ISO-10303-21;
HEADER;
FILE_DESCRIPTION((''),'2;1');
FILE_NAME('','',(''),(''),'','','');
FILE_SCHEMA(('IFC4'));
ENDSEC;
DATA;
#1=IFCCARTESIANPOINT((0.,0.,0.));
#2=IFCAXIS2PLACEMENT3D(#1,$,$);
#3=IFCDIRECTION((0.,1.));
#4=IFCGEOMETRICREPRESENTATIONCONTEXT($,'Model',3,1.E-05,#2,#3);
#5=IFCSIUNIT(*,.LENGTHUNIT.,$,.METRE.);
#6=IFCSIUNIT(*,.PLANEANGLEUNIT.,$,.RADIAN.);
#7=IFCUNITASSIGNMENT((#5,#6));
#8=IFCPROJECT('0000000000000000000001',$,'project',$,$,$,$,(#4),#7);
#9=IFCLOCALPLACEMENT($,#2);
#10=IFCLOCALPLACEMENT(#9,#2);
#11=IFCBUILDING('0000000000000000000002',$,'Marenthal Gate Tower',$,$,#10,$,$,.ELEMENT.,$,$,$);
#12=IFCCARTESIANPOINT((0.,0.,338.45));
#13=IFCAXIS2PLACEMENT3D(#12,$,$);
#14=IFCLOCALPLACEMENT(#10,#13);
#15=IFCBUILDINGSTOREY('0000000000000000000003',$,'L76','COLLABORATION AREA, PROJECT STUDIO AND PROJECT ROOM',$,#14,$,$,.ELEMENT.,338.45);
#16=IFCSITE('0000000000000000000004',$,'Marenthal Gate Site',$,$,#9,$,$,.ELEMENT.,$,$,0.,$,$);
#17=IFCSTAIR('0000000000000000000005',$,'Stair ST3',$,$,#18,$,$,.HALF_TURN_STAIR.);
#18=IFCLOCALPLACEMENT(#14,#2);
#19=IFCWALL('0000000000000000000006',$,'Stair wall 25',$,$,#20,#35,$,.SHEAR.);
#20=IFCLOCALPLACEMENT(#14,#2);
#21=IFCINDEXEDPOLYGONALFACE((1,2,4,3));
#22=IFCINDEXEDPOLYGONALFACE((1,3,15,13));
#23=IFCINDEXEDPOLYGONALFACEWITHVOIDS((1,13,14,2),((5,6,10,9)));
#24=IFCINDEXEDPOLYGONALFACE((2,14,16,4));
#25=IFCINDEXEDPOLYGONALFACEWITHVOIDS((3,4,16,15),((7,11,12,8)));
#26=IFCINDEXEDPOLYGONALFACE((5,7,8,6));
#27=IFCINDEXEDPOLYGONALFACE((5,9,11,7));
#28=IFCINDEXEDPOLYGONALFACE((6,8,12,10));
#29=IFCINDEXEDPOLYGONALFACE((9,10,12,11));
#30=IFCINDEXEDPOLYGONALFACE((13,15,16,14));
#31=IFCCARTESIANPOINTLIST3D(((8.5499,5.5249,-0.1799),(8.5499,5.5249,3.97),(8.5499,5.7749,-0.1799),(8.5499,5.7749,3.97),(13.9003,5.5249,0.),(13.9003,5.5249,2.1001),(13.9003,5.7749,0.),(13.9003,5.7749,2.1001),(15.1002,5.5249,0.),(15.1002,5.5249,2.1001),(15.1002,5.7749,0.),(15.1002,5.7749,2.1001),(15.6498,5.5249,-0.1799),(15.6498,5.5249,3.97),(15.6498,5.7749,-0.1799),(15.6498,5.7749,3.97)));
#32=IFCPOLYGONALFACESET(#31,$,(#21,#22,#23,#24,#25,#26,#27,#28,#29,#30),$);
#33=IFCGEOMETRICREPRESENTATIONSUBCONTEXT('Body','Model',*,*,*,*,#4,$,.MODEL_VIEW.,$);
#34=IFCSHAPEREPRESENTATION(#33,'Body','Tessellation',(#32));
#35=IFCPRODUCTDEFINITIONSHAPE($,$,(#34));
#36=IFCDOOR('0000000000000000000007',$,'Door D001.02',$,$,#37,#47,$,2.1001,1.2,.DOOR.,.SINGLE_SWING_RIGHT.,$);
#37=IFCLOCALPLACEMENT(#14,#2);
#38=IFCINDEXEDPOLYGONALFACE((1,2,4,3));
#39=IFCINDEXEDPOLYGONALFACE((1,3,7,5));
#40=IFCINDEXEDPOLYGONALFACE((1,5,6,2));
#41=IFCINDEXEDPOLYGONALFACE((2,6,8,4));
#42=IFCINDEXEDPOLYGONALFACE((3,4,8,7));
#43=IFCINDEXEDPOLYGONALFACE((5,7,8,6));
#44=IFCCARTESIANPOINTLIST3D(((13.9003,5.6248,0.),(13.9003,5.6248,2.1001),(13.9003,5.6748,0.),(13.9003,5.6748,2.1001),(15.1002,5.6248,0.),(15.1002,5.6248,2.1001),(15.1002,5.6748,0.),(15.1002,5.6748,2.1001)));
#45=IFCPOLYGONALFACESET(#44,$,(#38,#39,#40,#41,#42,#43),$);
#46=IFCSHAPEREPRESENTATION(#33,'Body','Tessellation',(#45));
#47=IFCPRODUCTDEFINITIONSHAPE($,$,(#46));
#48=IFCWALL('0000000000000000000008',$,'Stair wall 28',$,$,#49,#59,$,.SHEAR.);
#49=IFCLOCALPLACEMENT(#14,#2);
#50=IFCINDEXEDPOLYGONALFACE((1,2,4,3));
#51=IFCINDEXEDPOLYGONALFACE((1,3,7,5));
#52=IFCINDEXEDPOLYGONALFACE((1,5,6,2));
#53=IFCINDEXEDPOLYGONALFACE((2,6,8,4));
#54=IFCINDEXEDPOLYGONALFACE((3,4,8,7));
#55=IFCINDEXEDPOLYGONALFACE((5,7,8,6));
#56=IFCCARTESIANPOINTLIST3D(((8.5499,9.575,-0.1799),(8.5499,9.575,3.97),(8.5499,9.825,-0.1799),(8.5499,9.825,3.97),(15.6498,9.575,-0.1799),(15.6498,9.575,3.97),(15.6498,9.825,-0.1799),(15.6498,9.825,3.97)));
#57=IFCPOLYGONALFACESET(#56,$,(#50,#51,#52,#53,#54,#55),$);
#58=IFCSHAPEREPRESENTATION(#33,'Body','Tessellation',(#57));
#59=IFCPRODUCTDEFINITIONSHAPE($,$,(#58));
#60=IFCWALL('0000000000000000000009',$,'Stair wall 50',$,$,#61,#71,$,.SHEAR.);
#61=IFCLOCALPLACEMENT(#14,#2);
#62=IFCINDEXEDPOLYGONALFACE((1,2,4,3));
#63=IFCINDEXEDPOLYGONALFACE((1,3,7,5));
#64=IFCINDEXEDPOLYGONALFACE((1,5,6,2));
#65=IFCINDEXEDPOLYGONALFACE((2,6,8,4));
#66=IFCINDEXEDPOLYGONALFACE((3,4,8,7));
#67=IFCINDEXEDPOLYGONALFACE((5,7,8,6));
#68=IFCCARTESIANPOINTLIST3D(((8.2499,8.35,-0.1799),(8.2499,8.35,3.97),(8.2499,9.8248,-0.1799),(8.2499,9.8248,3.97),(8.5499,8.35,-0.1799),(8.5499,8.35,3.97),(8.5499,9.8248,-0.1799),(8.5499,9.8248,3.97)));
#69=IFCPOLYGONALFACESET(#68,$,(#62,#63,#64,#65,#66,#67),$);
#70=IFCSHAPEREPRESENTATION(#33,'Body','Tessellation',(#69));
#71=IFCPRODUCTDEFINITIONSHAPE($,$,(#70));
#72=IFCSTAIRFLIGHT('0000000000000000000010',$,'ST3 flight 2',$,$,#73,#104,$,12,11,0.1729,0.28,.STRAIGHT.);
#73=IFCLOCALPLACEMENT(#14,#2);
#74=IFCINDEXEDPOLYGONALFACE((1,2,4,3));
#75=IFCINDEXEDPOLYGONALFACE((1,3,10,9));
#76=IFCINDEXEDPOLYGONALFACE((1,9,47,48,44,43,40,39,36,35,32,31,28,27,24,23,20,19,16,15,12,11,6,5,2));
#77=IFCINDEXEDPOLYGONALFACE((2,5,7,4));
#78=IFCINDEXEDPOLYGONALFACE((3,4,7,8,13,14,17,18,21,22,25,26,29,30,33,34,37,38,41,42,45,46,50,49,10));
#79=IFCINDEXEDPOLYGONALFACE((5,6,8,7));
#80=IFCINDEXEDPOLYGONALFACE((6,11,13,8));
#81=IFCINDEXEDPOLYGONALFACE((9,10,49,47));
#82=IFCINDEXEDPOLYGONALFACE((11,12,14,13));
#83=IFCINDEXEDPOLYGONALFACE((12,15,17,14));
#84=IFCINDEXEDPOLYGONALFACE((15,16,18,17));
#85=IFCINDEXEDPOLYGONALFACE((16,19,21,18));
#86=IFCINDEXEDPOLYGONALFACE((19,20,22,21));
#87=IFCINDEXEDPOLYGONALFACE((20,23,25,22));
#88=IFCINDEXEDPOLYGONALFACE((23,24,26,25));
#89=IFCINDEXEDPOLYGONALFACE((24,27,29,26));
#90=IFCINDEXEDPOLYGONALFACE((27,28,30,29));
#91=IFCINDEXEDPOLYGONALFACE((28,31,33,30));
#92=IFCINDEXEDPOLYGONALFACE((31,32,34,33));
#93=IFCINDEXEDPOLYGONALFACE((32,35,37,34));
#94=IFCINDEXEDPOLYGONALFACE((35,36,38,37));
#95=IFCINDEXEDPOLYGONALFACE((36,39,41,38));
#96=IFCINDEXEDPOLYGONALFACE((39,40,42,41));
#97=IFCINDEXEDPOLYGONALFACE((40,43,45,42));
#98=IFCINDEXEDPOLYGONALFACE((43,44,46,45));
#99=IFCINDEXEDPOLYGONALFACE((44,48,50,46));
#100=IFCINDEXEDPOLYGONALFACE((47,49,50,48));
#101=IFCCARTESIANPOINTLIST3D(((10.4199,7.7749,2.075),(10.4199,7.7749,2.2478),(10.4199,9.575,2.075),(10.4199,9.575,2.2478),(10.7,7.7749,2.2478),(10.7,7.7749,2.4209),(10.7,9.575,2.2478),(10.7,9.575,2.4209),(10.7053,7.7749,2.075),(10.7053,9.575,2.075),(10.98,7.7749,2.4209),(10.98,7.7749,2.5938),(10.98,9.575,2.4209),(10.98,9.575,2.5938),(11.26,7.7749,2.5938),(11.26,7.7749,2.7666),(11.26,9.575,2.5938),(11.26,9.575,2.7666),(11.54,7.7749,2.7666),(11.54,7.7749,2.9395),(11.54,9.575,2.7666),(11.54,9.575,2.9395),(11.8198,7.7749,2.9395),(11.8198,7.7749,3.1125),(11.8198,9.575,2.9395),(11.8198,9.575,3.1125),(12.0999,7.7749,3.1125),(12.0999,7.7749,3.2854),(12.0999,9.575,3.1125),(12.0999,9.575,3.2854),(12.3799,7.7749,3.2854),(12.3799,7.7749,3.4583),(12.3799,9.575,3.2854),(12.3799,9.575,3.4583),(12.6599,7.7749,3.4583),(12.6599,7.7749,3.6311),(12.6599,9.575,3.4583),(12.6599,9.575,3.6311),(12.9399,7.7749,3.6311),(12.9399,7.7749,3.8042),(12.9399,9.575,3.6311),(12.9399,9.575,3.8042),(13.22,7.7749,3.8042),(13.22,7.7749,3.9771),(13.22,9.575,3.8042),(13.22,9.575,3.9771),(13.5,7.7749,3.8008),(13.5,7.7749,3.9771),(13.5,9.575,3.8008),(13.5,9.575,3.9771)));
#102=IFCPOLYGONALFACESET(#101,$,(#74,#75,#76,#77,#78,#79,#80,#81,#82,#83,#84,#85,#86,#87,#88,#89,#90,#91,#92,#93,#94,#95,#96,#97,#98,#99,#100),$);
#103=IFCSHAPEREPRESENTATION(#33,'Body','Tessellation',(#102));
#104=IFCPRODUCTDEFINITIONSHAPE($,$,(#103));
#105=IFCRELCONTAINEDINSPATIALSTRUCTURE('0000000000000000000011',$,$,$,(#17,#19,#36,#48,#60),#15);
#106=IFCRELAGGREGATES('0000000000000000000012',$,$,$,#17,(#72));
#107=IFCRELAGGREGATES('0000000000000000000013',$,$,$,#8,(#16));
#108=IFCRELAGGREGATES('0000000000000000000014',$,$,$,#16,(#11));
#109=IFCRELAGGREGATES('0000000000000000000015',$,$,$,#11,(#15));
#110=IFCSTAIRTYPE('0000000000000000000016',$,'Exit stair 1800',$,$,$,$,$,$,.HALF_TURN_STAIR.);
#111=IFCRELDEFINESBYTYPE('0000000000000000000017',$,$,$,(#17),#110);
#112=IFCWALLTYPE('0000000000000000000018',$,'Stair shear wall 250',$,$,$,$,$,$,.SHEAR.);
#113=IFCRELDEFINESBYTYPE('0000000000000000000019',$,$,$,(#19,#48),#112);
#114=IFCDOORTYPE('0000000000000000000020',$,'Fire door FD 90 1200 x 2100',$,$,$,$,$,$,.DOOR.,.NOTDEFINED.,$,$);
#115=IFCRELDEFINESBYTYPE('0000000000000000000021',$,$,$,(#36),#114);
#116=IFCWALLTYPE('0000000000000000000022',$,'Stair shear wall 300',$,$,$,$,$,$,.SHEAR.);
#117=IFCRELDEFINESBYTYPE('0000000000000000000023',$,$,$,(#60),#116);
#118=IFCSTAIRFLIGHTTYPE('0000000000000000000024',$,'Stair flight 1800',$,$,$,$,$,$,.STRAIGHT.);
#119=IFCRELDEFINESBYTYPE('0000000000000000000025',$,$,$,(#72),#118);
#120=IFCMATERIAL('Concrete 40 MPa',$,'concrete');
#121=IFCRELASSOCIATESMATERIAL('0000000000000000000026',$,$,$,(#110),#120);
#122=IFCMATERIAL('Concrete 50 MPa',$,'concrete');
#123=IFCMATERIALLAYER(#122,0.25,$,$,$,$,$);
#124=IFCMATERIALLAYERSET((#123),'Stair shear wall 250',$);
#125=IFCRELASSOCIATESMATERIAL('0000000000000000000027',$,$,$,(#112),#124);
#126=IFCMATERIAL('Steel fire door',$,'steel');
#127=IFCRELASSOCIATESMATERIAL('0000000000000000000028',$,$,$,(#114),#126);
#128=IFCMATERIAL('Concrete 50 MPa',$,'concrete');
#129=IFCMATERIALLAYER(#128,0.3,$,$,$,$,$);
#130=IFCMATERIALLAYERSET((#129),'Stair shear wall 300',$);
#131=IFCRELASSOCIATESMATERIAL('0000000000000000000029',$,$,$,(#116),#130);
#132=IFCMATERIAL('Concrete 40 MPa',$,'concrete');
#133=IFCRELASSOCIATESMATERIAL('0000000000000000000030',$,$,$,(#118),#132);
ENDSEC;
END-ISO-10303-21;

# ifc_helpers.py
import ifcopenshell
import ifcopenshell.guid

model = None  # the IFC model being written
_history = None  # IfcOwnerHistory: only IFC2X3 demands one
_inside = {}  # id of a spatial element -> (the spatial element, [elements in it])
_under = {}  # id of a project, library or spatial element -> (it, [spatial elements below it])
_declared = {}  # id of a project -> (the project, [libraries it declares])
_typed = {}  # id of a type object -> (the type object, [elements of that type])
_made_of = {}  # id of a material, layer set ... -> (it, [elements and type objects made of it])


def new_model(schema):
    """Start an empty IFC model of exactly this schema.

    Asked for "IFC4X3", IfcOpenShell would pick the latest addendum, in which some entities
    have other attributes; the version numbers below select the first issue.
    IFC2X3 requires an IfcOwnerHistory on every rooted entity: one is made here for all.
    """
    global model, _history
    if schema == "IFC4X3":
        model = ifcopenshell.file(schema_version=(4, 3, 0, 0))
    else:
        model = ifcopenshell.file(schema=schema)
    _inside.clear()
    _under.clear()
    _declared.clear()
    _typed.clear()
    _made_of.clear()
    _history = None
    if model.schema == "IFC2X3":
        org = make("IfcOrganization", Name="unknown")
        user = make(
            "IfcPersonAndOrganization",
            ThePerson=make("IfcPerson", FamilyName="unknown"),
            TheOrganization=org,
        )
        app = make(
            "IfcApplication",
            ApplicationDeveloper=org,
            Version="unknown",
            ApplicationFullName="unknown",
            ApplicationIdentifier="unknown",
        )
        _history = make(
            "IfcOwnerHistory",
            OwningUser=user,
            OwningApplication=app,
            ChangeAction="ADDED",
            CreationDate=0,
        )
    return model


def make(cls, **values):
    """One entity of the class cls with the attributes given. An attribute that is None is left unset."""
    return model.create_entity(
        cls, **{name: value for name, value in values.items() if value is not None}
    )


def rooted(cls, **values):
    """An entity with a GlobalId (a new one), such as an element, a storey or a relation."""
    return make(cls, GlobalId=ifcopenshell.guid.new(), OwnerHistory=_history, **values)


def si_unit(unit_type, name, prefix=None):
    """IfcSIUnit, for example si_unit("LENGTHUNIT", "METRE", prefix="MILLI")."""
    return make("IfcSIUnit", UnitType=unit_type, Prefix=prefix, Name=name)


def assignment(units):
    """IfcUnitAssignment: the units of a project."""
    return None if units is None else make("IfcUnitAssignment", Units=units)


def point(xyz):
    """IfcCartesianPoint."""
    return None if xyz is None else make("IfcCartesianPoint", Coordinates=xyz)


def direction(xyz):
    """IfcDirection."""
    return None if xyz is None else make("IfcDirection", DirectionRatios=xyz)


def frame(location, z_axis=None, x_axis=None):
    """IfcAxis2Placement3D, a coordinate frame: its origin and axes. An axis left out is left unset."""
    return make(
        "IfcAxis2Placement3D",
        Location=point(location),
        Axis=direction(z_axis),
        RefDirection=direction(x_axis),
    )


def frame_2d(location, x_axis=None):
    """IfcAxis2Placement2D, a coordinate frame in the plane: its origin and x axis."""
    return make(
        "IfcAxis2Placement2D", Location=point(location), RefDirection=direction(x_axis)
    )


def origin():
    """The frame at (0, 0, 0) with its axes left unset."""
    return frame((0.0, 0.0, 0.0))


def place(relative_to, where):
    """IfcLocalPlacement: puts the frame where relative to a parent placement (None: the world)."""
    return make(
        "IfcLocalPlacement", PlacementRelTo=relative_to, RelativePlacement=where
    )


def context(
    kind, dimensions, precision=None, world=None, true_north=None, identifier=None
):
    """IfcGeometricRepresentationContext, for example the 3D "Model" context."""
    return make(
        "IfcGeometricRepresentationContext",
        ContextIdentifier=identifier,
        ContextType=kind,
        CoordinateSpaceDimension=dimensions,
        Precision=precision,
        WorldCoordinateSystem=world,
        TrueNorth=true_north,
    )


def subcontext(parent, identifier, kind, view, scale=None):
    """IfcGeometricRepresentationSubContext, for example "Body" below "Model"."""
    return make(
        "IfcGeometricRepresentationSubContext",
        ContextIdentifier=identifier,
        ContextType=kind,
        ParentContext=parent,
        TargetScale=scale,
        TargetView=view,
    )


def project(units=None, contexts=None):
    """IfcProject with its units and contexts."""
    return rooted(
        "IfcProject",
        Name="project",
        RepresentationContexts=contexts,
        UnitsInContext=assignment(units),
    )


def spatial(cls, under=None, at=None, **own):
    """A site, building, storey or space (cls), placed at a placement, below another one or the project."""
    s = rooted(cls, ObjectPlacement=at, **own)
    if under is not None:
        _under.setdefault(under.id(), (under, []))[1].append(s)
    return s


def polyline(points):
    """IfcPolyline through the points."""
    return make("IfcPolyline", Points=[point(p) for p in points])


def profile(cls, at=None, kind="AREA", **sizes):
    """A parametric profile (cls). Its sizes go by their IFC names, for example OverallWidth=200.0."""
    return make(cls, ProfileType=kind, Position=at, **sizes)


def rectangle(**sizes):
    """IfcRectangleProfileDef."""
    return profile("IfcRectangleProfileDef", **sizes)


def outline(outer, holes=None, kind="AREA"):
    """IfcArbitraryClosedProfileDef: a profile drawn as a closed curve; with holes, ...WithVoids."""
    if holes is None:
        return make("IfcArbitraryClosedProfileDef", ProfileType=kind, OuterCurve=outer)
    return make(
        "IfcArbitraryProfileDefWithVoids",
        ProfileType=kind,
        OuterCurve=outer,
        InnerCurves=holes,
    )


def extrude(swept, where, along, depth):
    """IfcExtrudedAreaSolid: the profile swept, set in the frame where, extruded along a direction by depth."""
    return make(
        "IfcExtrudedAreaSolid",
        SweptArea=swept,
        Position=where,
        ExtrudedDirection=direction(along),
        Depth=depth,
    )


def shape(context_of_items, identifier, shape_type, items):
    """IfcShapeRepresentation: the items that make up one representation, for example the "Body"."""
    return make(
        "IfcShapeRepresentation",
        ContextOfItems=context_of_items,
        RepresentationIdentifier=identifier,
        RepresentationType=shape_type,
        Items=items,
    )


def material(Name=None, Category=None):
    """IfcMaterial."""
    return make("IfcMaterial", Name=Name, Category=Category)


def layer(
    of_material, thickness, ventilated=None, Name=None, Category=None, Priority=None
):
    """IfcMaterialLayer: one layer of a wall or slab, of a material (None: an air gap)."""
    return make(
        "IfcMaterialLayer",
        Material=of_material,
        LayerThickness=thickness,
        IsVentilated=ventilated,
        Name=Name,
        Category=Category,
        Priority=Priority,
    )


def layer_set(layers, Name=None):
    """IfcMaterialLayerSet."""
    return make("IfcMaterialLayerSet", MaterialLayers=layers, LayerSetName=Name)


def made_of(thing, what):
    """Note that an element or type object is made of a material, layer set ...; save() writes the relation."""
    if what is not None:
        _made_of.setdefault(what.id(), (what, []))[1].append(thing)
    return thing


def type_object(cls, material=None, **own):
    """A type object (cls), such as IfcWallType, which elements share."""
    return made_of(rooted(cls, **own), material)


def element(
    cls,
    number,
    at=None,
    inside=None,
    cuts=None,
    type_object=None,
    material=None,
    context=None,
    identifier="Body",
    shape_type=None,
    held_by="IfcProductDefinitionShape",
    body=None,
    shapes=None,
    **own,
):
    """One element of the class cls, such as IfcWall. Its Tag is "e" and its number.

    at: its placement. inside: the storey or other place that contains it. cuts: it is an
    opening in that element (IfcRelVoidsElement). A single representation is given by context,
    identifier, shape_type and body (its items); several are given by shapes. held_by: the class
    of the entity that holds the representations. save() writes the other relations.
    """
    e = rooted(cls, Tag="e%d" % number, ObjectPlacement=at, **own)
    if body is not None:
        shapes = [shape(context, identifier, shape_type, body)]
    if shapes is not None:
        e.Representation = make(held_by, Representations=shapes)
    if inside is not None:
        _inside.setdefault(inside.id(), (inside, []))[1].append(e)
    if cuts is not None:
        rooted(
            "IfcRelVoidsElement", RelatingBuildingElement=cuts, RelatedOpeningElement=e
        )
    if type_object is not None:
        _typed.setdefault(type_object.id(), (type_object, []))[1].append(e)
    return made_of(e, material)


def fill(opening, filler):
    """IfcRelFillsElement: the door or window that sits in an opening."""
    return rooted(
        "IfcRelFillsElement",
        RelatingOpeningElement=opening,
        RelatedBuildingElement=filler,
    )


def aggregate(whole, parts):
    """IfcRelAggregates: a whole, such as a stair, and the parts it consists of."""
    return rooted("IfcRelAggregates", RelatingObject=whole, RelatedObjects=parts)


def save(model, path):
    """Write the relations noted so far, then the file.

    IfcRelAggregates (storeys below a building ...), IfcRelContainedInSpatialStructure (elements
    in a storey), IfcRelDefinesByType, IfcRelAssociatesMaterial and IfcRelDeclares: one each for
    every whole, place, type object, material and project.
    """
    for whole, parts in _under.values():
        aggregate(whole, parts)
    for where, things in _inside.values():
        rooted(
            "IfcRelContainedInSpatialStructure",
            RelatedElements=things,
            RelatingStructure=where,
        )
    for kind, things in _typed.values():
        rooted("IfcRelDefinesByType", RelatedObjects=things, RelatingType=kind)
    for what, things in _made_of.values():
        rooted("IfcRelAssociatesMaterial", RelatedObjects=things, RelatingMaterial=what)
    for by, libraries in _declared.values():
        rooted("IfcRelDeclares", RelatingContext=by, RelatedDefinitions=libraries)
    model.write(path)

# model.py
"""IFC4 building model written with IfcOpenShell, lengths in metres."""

from ifc_helpers import new_model, si_unit, direction, frame, frame_2d, origin, place, context, subcontext, project, spatial, polyline, rectangle, outline, extrude, material, layer, layer_set, type_object, element, fill, aggregate, save


model = new_model("IFC4")

# Units and contexts
model_context = context("Model", 3, precision=1e-05, world=origin(), true_north=direction((0.0, 1.0)))
body_context = subcontext(model_context, "Body", "Model", "MODEL_VIEW")
ifc_project = project(units=[si_unit("LENGTHUNIT", "METRE"), si_unit("PLANEANGLEUNIT", "RADIAN")], contexts=[model_context])

# Site, building, storey
site_placement = place(None, origin())
site = spatial("IfcSite", under=ifc_project, at=site_placement, Name="Marenthal Gate Site", CompositionType="ELEMENT", RefElevation=0.0)
building_placement = place(site_placement, origin())
building = spatial("IfcBuilding", under=site, at=building_placement, Name="Marenthal Gate Tower", CompositionType="ELEMENT")
storey_placement = place(building_placement, frame((0.0, 0.0, 338.45)))
storey = spatial("IfcBuildingStorey", under=building, at=storey_placement, Name="L76", Description="COLLABORATION AREA, PROJECT STUDIO AND PROJECT ROOM", CompositionType="ELEMENT", Elevation=338.45)

# Stair
ifc_material_1 = material(Name="Concrete 40 MPa", Category="concrete")
stair_type = type_object("IfcStairType", Name="Exit stair 1800", PredefinedType="HALF_TURN_STAIR", material=ifc_material_1)
stair_1_placement = place(storey_placement, origin())
stair_1 = element("IfcStair", 1, at=stair_1_placement, inside=storey, type_object=stair_type, Name="Stair ST3", PredefinedType="HALF_TURN_STAIR")

# Wall, opening, door
ifc_material_2 = material(Name="Concrete 50 MPa", Category="concrete")
ifc_layer_1 = layer(ifc_material_2, 0.25)
ifc_layer_set_1 = layer_set([ifc_layer_1], Name="Stair shear wall 250")
wall_type_1 = type_object("IfcWallType", Name="Stair shear wall 250", PredefinedType="SHEAR", material=ifc_layer_set_1)
wall_1_placement = place(storey_placement, frame((8.55, 5.6499, -0.1799), z_axis=(0.0, 0.0, 1.0), x_axis=(1.0, 0.0, 0.0)))
wall_1 = element("IfcWall", 2, at=wall_1_placement, inside=storey, type_object=wall_type_1, Name="Stair wall 25", PredefinedType="SHEAR", context=body_context, shape_type="SweptSolid", body=[
    extrude(rectangle(XDim=7.0999, YDim=0.25, at=frame_2d((3.5498, 0.0))), origin(), (0.0, 0.0, 1.0), 4.1499),
])
opening_placement = place(wall_1_placement, frame((5.3501, 0.0, 0.1799)))
opening = element("IfcOpeningElement", 3, at=opening_placement, cuts=wall_1, PredefinedType="OPENING", context=body_context, shape_type="SweptSolid", body=[
    extrude(rectangle(XDim=1.2, YDim=2.1001, at=frame_2d((0.6001, 1.05))), frame((0.0, 0.135, 0.0), z_axis=(0.0, -1.0, 0.0), x_axis=(1.0, 0.0, 0.0)), (0.0, 0.0, 1.0), 0.27),
])
ifc_material_3 = material(Name="Steel fire door", Category="steel")
door_type = type_object("IfcDoorType", Name="Fire door FD 90 1200 x 2100", OperationType="NOTDEFINED", PredefinedType="DOOR", material=ifc_material_3)
door_placement = place(opening_placement, origin())
door = element("IfcDoor", 4, at=door_placement, inside=storey, type_object=door_type, Name="Door D001.02", OperationType="SINGLE_SWING_RIGHT", OverallHeight=2.1001, OverallWidth=1.2, PredefinedType="DOOR", context=body_context, shape_type="SweptSolid", body=[
    extrude(rectangle(XDim=1.2, YDim=2.1001, at=frame_2d((0.6001, 1.05))), frame((0.0, 0.0249, 0.0), z_axis=(0.0, -1.0, 0.0), x_axis=(1.0, 0.0, 0.0)), (0.0, 0.0, 1.0), 0.05),
])
fill(opening, door)

# Walls
wall_2_placement = place(storey_placement, frame((8.55, 9.7, -0.1799), z_axis=(0.0, 0.0, 1.0), x_axis=(1.0, 0.0, 0.0)))
element("IfcWall", 5, at=wall_2_placement, inside=storey, type_object=wall_type_1, Name="Stair wall 28", PredefinedType="SHEAR", context=body_context, shape_type="SweptSolid", body=[
    extrude(rectangle(XDim=7.0999, YDim=0.25, at=frame_2d((3.5498, 0.0))), origin(), (0.0, 0.0, 1.0), 4.1499),
])
ifc_material_4 = material(Name="Concrete 50 MPa", Category="concrete")
ifc_layer_2 = layer(ifc_material_4, 0.3)
ifc_layer_set_2 = layer_set([ifc_layer_2], Name="Stair shear wall 300")
wall_type_2 = type_object("IfcWallType", Name="Stair shear wall 300", PredefinedType="SHEAR", material=ifc_layer_set_2)
wall_3_placement = place(storey_placement, frame((8.3999, 8.3501, -0.1799), z_axis=(0.0, 0.0, 1.0), x_axis=(0.0, 1.0, 0.0)))
element("IfcWall", 6, at=wall_3_placement, inside=storey, type_object=wall_type_2, Name="Stair wall 50", PredefinedType="SHEAR", context=body_context, shape_type="SweptSolid", body=[
    extrude(rectangle(XDim=1.4749, YDim=0.3, at=frame_2d((0.7373, 0.0))), origin(), (0.0, 0.0, 1.0), 4.1499),
])

# Stair flight
ifc_material_5 = material(Name="Concrete 40 MPa", Category="concrete")
stair_flight_type = type_object("IfcStairFlightType", Name="Stair flight 1800", PredefinedType="STRAIGHT", material=ifc_material_5)
stair_flight_placement = place(storey_placement, frame((10.4199, 8.675, 2.075), z_axis=(0.0, 0.0, 1.0), x_axis=(1.0, 0.0, 0.0)))
stair_flight = element("IfcStairFlight", 7, at=stair_flight_placement, type_object=stair_flight_type, Name="ST3 flight 2", NumberOfRisers=12, NumberOfTreads=11, PredefinedType="STRAIGHT", RiserHeight=0.1729, TreadLength=0.28, context=body_context, shape_type="SweptSolid", body=[
    extrude(outline(polyline([(0.0, 0.0), (0.0, 0.1729), (0.28, 0.1729), (0.28, 0.3459), (0.5601, 0.3459), (0.5601, 0.5188), (0.8401, 0.5188), (0.8401, 0.6917), (1.1201, 0.6917), (1.1201, 0.8645), (1.3999, 0.8645), (1.3999, 1.0376), (1.6799, 1.0376), (1.6799, 1.2104), (1.96, 1.2104), (1.96, 1.3833), (2.24, 1.3833), (2.24, 1.5562), (2.52, 1.5562), (2.52, 1.7292), (2.8, 1.7292), (2.8, 1.9021), (3.0801, 1.9021), (3.0801, 2.075), (3.0801, 1.7258), (0.2854, 0.0), (0.0, 0.0)])), frame((0.0, 0.8999, 0.0), z_axis=(0.0, -1.0, 0.0), x_axis=(1.0, 0.0, 0.0)), (0.0, 0.0, 1.0), 1.8),
])
aggregate(stair_1, [stair_flight])

save(model, "model.ifc")
